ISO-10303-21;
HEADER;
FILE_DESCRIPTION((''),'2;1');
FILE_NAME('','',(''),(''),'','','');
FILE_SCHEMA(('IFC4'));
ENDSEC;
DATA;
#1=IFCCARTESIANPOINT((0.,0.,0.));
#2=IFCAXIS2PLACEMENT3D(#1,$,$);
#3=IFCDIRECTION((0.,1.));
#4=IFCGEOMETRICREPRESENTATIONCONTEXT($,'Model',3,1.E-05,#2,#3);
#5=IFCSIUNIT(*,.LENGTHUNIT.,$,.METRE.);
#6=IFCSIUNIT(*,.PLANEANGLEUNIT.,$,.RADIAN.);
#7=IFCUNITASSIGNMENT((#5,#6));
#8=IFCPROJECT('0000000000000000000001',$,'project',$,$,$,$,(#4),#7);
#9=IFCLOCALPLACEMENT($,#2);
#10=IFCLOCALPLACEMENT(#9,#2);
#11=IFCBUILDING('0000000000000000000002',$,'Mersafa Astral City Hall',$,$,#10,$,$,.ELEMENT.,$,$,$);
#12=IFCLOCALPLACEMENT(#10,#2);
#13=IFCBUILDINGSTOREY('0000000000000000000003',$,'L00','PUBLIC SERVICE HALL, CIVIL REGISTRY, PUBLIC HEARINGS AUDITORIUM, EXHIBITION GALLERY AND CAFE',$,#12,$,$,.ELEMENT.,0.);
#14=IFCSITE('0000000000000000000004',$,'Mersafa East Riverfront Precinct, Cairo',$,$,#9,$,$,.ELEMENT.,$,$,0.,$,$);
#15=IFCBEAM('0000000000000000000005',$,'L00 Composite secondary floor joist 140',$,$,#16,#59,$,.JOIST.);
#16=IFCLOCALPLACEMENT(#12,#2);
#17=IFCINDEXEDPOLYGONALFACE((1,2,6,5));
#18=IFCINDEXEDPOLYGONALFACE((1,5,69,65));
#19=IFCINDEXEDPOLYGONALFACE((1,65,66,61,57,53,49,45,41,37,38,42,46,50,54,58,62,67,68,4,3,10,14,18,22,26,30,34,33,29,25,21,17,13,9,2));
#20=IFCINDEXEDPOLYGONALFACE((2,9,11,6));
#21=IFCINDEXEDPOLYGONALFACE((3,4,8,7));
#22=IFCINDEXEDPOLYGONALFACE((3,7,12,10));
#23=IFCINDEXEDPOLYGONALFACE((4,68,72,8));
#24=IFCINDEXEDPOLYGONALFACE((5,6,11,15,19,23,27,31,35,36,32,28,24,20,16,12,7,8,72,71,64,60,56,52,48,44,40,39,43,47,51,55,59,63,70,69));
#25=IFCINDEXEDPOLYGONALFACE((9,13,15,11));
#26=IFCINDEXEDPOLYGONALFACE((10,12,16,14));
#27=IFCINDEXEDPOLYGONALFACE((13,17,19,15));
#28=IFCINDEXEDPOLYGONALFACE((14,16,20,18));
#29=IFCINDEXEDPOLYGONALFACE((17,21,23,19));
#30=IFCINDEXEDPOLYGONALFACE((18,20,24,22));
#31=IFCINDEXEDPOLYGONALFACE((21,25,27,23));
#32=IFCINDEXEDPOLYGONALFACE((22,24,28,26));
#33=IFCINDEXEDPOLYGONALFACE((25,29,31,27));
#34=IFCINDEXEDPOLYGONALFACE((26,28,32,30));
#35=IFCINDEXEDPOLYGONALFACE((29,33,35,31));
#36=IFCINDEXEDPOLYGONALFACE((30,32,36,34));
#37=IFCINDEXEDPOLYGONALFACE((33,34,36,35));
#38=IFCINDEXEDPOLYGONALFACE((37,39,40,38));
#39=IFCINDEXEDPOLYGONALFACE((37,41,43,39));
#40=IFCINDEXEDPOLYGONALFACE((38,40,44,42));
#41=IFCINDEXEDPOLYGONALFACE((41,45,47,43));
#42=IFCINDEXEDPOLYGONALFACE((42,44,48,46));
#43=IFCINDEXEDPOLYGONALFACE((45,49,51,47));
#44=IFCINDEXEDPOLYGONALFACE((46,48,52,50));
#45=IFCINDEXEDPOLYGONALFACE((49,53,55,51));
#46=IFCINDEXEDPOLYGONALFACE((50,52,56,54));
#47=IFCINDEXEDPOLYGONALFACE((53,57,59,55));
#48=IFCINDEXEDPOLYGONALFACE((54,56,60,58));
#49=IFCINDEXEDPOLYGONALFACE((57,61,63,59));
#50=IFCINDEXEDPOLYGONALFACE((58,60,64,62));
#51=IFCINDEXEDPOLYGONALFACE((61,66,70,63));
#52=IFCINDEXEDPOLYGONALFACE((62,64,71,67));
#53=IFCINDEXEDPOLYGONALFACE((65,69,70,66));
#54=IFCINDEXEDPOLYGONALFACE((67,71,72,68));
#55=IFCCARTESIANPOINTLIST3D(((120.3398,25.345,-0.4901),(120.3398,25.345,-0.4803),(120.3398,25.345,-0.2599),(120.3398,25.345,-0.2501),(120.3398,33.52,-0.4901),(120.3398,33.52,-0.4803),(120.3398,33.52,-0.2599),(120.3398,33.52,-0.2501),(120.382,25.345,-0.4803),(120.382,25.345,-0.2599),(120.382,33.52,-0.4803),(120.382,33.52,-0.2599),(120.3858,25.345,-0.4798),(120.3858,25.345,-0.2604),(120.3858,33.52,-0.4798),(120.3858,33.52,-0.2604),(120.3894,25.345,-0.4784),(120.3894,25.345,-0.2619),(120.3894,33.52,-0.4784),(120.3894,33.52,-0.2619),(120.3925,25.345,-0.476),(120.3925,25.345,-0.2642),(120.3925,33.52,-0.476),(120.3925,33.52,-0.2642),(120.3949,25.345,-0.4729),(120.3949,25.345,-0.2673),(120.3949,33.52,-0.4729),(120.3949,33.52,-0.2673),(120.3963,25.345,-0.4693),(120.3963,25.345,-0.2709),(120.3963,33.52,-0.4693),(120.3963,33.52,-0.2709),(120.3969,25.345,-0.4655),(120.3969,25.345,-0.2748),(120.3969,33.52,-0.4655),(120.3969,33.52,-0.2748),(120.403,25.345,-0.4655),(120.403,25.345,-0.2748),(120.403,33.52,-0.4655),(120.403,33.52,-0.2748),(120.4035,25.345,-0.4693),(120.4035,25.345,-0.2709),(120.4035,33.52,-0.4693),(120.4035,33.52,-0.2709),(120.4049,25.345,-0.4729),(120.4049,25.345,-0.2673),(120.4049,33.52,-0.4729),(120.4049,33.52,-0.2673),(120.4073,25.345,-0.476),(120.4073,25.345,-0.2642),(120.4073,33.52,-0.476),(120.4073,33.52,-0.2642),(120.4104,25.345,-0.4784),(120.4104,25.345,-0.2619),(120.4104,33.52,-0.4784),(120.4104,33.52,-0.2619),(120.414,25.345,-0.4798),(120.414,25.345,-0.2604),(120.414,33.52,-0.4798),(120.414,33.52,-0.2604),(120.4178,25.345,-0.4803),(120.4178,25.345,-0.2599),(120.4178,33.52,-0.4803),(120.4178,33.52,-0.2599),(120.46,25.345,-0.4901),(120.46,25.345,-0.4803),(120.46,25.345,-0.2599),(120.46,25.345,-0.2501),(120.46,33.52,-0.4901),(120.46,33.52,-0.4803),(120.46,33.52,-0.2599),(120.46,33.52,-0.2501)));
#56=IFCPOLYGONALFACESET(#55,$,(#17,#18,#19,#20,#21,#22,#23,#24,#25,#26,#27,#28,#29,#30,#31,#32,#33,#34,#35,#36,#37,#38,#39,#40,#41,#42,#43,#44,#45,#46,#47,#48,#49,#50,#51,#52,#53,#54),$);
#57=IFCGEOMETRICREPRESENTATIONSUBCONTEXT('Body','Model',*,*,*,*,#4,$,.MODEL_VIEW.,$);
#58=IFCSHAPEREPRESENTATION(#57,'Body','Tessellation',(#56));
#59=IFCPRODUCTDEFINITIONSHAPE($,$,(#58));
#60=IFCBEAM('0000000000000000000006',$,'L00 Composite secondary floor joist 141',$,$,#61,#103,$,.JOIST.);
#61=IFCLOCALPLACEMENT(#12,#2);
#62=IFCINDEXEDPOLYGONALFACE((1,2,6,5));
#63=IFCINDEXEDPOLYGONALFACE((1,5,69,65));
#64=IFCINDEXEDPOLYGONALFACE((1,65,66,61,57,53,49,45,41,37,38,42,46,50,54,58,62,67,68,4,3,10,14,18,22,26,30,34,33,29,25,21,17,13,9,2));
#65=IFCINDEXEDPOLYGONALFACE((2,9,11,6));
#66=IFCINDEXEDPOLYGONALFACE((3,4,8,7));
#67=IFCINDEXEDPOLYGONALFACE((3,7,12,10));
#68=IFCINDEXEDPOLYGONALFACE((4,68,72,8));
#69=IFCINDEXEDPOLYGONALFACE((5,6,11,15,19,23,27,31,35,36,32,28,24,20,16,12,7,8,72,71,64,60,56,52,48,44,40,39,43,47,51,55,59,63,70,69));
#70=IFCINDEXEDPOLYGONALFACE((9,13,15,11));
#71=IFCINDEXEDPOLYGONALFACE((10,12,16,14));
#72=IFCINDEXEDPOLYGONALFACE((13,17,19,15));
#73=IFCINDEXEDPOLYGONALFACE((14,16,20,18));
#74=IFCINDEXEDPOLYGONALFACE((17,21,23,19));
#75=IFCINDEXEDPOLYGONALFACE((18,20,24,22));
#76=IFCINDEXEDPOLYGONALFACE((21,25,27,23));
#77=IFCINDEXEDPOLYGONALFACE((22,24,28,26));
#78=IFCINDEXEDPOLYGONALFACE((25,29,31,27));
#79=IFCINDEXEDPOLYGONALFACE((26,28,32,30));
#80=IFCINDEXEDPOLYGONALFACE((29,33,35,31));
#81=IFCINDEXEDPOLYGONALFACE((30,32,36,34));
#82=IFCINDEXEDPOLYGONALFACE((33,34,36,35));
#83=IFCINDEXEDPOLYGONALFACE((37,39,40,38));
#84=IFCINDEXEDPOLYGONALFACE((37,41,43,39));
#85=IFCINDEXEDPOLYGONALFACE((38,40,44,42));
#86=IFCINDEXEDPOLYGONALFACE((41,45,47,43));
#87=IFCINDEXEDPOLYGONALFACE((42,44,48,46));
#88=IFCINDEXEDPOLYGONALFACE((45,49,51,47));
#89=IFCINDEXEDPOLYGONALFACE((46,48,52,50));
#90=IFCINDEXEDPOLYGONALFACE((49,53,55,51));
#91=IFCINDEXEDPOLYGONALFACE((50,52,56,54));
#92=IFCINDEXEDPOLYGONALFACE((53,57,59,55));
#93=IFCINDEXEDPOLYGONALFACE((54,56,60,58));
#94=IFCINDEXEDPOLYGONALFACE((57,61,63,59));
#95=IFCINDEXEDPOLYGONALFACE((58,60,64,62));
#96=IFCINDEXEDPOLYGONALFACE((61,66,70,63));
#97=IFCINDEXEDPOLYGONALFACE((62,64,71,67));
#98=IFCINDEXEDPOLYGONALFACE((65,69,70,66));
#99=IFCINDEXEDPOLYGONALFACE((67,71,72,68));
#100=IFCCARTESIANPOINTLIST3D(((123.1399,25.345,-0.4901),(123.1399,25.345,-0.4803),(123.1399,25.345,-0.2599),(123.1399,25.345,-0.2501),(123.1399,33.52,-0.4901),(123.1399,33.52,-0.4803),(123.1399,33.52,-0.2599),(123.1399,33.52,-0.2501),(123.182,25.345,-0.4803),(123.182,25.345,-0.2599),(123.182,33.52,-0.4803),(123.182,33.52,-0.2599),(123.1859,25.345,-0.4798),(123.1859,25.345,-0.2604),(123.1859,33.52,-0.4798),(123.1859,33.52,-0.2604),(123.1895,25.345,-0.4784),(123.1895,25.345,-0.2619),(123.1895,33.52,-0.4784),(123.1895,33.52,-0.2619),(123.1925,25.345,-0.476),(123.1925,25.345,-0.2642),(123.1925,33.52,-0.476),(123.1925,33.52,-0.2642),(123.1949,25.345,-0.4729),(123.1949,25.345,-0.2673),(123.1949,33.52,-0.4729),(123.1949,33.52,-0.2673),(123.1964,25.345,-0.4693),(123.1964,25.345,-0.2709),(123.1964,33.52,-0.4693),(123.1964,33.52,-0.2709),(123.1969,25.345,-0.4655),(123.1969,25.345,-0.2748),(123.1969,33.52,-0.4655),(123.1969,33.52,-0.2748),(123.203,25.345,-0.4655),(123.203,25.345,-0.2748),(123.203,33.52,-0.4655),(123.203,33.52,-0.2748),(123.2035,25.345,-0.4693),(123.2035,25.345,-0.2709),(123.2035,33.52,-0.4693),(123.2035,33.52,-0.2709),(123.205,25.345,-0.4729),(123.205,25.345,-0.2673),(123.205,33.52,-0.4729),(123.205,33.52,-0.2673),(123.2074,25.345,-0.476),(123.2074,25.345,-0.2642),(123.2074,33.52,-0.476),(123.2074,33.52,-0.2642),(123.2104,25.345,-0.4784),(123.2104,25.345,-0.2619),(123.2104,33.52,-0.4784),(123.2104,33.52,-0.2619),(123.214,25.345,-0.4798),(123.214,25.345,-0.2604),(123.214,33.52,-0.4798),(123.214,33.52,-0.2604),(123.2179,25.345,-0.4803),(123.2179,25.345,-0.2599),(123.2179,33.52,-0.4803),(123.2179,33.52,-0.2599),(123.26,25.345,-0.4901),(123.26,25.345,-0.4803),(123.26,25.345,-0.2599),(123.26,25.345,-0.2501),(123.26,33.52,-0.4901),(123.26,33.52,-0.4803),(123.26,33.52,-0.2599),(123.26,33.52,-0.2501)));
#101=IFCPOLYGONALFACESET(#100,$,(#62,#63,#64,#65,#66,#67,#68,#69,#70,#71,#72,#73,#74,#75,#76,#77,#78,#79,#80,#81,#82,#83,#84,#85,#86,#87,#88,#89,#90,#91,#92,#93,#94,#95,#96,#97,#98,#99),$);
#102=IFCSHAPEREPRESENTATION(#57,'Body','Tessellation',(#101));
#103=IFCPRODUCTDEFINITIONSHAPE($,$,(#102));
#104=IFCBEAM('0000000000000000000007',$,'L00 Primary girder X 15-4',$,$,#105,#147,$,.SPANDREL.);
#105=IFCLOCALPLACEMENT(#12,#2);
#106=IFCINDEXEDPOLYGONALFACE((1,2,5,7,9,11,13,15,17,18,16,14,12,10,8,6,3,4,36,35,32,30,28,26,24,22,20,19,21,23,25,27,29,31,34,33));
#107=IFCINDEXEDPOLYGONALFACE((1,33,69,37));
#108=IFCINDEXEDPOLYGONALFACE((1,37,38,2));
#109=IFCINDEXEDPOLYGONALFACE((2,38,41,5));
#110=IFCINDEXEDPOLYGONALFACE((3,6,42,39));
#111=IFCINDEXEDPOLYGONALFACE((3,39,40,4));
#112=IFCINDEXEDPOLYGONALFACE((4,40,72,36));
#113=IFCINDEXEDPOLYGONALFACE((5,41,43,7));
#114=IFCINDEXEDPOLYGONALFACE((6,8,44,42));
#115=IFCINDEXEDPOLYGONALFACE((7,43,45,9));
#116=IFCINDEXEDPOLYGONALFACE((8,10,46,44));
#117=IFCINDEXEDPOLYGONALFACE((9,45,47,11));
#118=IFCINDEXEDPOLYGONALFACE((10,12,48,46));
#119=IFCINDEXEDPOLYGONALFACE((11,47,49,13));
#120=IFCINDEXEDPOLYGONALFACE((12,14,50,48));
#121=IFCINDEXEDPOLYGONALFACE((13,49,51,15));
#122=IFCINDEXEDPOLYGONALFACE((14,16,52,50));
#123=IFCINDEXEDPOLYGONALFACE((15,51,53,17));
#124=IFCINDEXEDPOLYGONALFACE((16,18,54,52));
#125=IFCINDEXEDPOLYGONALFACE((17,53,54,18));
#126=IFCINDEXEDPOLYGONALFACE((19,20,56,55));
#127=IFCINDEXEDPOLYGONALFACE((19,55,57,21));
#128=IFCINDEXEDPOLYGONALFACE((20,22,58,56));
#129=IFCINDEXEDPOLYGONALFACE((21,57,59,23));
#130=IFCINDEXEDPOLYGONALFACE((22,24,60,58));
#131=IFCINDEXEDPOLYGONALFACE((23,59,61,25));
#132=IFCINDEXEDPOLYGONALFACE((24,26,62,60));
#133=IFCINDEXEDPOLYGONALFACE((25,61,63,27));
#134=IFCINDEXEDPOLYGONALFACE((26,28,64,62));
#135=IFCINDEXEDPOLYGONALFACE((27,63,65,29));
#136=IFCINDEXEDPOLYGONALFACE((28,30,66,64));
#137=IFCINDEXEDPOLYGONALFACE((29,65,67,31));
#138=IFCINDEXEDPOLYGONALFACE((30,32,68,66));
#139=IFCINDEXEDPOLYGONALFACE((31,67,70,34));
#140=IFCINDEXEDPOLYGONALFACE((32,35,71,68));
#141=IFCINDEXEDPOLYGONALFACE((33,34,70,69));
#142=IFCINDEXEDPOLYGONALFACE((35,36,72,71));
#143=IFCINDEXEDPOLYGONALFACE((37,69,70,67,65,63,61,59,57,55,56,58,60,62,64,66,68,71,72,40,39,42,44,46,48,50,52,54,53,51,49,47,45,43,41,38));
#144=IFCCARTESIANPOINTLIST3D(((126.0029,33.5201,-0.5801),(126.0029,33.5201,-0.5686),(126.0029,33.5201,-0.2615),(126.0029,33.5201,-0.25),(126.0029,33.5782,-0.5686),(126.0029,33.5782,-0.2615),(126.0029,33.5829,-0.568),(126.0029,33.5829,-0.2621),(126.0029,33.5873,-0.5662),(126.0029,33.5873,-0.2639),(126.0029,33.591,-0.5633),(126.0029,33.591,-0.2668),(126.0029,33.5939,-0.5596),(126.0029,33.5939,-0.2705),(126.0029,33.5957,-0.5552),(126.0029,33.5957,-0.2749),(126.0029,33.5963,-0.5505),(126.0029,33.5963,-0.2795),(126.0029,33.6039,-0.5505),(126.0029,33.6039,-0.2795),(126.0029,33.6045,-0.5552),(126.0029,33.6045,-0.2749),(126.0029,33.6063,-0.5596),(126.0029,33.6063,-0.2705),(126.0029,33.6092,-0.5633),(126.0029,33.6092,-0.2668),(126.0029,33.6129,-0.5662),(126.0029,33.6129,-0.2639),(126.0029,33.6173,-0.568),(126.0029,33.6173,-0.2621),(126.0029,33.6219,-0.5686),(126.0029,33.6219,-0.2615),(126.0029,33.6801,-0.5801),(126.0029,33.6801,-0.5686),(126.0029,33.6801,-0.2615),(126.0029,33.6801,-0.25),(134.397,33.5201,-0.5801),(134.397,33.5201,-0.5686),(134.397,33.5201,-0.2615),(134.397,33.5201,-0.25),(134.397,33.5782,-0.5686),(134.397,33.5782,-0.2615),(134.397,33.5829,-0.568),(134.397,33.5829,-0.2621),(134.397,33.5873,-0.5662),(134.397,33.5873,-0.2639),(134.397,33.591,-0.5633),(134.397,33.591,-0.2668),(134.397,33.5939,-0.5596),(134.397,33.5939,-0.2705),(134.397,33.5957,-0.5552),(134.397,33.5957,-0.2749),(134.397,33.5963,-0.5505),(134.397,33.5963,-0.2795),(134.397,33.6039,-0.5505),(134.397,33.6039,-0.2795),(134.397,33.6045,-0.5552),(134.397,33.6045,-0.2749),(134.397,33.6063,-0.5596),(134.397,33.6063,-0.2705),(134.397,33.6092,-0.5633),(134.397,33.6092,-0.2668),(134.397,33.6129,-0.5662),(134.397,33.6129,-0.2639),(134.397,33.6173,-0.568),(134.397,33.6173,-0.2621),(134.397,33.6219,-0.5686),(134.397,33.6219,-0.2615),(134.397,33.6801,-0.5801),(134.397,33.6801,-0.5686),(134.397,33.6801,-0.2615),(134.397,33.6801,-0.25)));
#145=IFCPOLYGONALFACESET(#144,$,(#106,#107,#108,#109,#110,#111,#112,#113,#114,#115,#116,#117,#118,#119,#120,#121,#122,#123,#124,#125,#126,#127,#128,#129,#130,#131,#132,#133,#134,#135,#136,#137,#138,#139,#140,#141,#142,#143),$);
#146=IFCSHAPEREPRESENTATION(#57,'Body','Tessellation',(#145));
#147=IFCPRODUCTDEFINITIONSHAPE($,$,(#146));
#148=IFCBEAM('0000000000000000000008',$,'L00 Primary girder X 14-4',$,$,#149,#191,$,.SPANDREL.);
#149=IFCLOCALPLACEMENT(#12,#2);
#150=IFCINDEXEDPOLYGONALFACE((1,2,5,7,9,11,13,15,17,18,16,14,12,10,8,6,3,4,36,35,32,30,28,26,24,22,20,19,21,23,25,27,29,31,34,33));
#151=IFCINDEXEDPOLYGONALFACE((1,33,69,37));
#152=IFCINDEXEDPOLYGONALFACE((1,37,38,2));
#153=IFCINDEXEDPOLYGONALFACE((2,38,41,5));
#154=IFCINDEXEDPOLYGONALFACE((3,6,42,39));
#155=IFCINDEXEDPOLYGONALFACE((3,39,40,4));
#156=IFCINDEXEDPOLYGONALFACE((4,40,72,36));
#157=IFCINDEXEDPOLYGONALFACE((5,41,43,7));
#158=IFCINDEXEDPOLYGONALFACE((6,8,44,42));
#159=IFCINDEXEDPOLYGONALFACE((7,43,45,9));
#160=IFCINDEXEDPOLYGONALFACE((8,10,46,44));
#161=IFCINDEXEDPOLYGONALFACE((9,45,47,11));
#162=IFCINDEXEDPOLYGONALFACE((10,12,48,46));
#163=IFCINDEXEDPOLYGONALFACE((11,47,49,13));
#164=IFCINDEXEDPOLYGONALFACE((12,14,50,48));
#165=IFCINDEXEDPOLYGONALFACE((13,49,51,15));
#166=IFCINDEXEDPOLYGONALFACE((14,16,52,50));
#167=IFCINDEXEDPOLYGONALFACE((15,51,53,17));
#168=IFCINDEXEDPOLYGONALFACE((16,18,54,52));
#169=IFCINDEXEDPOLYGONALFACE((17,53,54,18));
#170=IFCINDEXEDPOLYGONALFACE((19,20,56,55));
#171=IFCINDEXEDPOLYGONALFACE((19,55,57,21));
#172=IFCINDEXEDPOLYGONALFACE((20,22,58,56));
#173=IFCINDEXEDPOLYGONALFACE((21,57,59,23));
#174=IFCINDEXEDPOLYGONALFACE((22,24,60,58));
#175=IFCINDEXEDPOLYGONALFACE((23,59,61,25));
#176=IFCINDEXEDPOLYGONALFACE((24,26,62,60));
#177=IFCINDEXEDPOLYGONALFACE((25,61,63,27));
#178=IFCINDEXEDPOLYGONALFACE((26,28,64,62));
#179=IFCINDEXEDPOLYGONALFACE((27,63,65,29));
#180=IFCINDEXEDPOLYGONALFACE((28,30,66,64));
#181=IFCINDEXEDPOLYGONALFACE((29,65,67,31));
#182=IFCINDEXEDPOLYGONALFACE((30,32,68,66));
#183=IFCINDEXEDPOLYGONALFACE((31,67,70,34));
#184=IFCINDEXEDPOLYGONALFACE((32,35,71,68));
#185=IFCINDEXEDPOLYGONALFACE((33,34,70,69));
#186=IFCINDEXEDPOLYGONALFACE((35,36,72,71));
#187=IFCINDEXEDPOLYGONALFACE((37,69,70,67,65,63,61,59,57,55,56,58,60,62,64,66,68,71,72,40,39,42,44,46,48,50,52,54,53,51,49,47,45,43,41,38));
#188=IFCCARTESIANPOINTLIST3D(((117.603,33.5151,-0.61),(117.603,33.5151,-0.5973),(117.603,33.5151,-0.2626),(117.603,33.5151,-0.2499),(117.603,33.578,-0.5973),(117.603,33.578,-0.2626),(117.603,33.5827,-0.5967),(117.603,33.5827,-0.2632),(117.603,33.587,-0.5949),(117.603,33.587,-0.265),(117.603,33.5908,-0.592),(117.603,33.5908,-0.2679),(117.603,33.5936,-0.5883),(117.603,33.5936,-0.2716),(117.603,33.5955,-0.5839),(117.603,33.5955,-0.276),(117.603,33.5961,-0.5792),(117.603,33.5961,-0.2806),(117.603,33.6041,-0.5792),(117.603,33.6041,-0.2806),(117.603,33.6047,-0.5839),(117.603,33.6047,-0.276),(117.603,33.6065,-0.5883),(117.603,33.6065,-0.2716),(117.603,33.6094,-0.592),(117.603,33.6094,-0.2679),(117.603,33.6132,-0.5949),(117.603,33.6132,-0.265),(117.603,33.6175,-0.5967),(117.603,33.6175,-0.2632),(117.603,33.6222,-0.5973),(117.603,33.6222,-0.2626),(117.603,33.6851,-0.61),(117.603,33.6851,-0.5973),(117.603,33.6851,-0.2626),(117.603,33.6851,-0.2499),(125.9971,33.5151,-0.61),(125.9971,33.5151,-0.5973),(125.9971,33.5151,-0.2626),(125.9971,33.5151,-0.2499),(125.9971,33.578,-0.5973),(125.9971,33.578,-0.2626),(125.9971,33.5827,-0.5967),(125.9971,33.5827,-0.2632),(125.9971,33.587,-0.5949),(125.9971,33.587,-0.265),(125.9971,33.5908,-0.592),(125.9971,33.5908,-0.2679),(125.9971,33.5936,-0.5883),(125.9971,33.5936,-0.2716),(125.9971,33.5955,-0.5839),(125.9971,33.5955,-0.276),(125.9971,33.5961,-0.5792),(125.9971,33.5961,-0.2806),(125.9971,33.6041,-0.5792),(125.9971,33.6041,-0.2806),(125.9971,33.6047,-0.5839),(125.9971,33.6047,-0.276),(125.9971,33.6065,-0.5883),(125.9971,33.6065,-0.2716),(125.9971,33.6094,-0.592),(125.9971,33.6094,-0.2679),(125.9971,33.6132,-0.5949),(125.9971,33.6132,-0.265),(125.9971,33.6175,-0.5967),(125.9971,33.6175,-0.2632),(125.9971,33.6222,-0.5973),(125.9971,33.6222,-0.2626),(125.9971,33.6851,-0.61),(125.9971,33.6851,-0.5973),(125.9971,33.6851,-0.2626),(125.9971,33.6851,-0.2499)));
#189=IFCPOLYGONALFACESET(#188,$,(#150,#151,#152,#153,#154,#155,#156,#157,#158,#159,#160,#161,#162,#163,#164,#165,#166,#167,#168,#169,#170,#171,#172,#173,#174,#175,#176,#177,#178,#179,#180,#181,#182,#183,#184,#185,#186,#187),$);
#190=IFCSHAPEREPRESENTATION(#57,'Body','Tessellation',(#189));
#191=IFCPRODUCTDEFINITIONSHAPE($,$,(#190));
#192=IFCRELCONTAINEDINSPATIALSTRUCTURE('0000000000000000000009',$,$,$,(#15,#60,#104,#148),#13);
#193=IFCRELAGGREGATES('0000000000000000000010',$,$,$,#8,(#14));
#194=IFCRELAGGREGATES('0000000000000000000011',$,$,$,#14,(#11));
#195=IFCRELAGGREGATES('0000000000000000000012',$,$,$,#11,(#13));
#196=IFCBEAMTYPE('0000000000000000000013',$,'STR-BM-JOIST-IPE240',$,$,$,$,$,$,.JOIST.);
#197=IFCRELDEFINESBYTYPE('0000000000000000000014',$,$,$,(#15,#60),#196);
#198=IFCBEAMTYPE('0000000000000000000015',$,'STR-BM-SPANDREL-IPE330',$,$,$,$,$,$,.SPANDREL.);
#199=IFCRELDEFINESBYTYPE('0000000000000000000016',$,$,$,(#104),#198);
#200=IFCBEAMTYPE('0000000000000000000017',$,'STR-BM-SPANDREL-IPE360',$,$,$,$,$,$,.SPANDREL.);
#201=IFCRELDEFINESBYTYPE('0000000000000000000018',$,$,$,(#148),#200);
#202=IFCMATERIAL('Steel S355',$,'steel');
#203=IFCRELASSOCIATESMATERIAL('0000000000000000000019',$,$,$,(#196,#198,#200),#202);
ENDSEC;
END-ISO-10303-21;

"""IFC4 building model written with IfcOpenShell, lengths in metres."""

from ifc_helpers import new_model, si_unit, direction, frame, origin, origin_2d, place, context, subcontext, project, spatial, i_section, extrude, material, material_profile, profile_set, type_object, element, save


model = new_model("IFC4")

# Units and contexts
model_context = context("Model", 3, precision=1e-05, world=origin(), true_north=direction((0.0, 1.0)))
body_context = subcontext(model_context, "Body", "Model", "MODEL_VIEW")
ifc_project = project(units=[si_unit("LENGTHUNIT", "METRE"), si_unit("PLANEANGLEUNIT", "RADIAN")], contexts=[model_context])

# Site, building, storey
site_placement = place(None, origin())
site = spatial("IfcSite", under=ifc_project, at=site_placement, Name="Mersafa East Riverfront Precinct, Cairo", CompositionType="ELEMENT", RefElevation=0.0)
building_placement = place(site_placement, origin())
building = spatial("IfcBuilding", under=site, at=building_placement, Name="Mersafa Astral City Hall", CompositionType="ELEMENT")
storey_placement = place(building_placement, origin())
storey = spatial("IfcBuildingStorey", under=building, at=storey_placement, Name="L00", Description="PUBLIC SERVICE HALL, CIVIL REGISTRY, PUBLIC HEARINGS AUDITORIUM, EXHIBITION GALLERY AND CAFE", CompositionType="ELEMENT", Elevation=0.0)

# Shared definitions
ifc_material_1 = material(Name="Steel S355", Category="steel")

# Beams
ifc_material_profile_1 = material_profile(ifc_material_1, i_section(OverallWidth=0.1201, OverallDepth=0.24, WebThickness=0.0061, FlangeThickness=0.0098, FilletRadius=0.0149, at=origin_2d()), Name="IPE 240")
ifc_profile_set_1 = profile_set([ifc_material_profile_1], Name="Steel S355")
beam_type_1 = type_object("IfcBeamType", Name="STR-BM-JOIST-IPE240", PredefinedType="JOIST", material=ifc_profile_set_1)
for number, where, z_axis, x_axis, name in (
    (1, (120.3999, 25.345, -0.3701), (0.0, 1.0, 0.0), (-1.0, 0.0, 0.0), "L00 Composite secondary floor joist 140"),
    (2, (123.2, 25.345, -0.3701), (0.0, 1.0, 0.0), (-1.0, 0.0, 0.0), "L00 Composite secondary floor joist 141"),
):
    element("IfcBeam", number, at=place(storey_placement, frame(where, z_axis=z_axis, x_axis=x_axis)), inside=storey, type_object=beam_type_1, Name=name, PredefinedType="JOIST", context=body_context, shape_type="SweptSolid", body=[
        extrude(i_section(OverallWidth=0.1201, OverallDepth=0.24, WebThickness=0.0061, FlangeThickness=0.0098, FilletRadius=0.0149, at=origin_2d()), origin(), (0.0, 0.0, 1.0), 8.175),
    ])
ifc_material_profile_2 = material_profile(ifc_material_1, i_section(OverallWidth=0.1599, OverallDepth=0.3301, WebThickness=0.0076, FlangeThickness=0.0115, FilletRadius=0.0181, at=origin_2d()), Name="IPE 330")
ifc_profile_set_2 = profile_set([ifc_material_profile_2], Name="Steel S355")
beam_type_2 = type_object("IfcBeamType", Name="STR-BM-SPANDREL-IPE330", PredefinedType="SPANDREL", material=ifc_profile_set_2)
beam_1_placement = place(storey_placement, frame((126.0029, 33.6001, -0.415), z_axis=(1.0, 0.0, 0.0), x_axis=(0.0, 1.0, 0.0)))
element("IfcBeam", 3, at=beam_1_placement, inside=storey, type_object=beam_type_2, Name="L00 Primary girder X 15-4", PredefinedType="SPANDREL", context=body_context, shape_type="SweptSolid", body=[
    extrude(i_section(OverallWidth=0.1599, OverallDepth=0.3301, WebThickness=0.0076, FlangeThickness=0.0115, FilletRadius=0.0181, at=origin_2d()), origin(), (0.0, 0.0, 1.0), 8.394),
])
ifc_material_profile_3 = material_profile(ifc_material_1, i_section(OverallWidth=0.1699, OverallDepth=0.3601, WebThickness=0.0081, FlangeThickness=0.0127, FilletRadius=0.0181, at=origin_2d()), Name="IPE 360")
ifc_profile_set_3 = profile_set([ifc_material_profile_3], Name="Steel S355")
beam_type_3 = type_object("IfcBeamType", Name="STR-BM-SPANDREL-IPE360", PredefinedType="SPANDREL", material=ifc_profile_set_3)
beam_2_placement = place(storey_placement, frame((117.603, 33.6001, -0.4299), z_axis=(1.0, 0.0, 0.0), x_axis=(0.0, 1.0, 0.0)))
element("IfcBeam", 4, at=beam_2_placement, inside=storey, type_object=beam_type_3, Name="L00 Primary girder X 14-4", PredefinedType="SPANDREL", context=body_context, shape_type="SweptSolid", body=[
    extrude(i_section(OverallWidth=0.1699, OverallDepth=0.3601, WebThickness=0.0081, FlangeThickness=0.0127, FilletRadius=0.0181, at=origin_2d()), origin(), (0.0, 0.0, 1.0), 8.394),
])

save(model, "model.ifc")
